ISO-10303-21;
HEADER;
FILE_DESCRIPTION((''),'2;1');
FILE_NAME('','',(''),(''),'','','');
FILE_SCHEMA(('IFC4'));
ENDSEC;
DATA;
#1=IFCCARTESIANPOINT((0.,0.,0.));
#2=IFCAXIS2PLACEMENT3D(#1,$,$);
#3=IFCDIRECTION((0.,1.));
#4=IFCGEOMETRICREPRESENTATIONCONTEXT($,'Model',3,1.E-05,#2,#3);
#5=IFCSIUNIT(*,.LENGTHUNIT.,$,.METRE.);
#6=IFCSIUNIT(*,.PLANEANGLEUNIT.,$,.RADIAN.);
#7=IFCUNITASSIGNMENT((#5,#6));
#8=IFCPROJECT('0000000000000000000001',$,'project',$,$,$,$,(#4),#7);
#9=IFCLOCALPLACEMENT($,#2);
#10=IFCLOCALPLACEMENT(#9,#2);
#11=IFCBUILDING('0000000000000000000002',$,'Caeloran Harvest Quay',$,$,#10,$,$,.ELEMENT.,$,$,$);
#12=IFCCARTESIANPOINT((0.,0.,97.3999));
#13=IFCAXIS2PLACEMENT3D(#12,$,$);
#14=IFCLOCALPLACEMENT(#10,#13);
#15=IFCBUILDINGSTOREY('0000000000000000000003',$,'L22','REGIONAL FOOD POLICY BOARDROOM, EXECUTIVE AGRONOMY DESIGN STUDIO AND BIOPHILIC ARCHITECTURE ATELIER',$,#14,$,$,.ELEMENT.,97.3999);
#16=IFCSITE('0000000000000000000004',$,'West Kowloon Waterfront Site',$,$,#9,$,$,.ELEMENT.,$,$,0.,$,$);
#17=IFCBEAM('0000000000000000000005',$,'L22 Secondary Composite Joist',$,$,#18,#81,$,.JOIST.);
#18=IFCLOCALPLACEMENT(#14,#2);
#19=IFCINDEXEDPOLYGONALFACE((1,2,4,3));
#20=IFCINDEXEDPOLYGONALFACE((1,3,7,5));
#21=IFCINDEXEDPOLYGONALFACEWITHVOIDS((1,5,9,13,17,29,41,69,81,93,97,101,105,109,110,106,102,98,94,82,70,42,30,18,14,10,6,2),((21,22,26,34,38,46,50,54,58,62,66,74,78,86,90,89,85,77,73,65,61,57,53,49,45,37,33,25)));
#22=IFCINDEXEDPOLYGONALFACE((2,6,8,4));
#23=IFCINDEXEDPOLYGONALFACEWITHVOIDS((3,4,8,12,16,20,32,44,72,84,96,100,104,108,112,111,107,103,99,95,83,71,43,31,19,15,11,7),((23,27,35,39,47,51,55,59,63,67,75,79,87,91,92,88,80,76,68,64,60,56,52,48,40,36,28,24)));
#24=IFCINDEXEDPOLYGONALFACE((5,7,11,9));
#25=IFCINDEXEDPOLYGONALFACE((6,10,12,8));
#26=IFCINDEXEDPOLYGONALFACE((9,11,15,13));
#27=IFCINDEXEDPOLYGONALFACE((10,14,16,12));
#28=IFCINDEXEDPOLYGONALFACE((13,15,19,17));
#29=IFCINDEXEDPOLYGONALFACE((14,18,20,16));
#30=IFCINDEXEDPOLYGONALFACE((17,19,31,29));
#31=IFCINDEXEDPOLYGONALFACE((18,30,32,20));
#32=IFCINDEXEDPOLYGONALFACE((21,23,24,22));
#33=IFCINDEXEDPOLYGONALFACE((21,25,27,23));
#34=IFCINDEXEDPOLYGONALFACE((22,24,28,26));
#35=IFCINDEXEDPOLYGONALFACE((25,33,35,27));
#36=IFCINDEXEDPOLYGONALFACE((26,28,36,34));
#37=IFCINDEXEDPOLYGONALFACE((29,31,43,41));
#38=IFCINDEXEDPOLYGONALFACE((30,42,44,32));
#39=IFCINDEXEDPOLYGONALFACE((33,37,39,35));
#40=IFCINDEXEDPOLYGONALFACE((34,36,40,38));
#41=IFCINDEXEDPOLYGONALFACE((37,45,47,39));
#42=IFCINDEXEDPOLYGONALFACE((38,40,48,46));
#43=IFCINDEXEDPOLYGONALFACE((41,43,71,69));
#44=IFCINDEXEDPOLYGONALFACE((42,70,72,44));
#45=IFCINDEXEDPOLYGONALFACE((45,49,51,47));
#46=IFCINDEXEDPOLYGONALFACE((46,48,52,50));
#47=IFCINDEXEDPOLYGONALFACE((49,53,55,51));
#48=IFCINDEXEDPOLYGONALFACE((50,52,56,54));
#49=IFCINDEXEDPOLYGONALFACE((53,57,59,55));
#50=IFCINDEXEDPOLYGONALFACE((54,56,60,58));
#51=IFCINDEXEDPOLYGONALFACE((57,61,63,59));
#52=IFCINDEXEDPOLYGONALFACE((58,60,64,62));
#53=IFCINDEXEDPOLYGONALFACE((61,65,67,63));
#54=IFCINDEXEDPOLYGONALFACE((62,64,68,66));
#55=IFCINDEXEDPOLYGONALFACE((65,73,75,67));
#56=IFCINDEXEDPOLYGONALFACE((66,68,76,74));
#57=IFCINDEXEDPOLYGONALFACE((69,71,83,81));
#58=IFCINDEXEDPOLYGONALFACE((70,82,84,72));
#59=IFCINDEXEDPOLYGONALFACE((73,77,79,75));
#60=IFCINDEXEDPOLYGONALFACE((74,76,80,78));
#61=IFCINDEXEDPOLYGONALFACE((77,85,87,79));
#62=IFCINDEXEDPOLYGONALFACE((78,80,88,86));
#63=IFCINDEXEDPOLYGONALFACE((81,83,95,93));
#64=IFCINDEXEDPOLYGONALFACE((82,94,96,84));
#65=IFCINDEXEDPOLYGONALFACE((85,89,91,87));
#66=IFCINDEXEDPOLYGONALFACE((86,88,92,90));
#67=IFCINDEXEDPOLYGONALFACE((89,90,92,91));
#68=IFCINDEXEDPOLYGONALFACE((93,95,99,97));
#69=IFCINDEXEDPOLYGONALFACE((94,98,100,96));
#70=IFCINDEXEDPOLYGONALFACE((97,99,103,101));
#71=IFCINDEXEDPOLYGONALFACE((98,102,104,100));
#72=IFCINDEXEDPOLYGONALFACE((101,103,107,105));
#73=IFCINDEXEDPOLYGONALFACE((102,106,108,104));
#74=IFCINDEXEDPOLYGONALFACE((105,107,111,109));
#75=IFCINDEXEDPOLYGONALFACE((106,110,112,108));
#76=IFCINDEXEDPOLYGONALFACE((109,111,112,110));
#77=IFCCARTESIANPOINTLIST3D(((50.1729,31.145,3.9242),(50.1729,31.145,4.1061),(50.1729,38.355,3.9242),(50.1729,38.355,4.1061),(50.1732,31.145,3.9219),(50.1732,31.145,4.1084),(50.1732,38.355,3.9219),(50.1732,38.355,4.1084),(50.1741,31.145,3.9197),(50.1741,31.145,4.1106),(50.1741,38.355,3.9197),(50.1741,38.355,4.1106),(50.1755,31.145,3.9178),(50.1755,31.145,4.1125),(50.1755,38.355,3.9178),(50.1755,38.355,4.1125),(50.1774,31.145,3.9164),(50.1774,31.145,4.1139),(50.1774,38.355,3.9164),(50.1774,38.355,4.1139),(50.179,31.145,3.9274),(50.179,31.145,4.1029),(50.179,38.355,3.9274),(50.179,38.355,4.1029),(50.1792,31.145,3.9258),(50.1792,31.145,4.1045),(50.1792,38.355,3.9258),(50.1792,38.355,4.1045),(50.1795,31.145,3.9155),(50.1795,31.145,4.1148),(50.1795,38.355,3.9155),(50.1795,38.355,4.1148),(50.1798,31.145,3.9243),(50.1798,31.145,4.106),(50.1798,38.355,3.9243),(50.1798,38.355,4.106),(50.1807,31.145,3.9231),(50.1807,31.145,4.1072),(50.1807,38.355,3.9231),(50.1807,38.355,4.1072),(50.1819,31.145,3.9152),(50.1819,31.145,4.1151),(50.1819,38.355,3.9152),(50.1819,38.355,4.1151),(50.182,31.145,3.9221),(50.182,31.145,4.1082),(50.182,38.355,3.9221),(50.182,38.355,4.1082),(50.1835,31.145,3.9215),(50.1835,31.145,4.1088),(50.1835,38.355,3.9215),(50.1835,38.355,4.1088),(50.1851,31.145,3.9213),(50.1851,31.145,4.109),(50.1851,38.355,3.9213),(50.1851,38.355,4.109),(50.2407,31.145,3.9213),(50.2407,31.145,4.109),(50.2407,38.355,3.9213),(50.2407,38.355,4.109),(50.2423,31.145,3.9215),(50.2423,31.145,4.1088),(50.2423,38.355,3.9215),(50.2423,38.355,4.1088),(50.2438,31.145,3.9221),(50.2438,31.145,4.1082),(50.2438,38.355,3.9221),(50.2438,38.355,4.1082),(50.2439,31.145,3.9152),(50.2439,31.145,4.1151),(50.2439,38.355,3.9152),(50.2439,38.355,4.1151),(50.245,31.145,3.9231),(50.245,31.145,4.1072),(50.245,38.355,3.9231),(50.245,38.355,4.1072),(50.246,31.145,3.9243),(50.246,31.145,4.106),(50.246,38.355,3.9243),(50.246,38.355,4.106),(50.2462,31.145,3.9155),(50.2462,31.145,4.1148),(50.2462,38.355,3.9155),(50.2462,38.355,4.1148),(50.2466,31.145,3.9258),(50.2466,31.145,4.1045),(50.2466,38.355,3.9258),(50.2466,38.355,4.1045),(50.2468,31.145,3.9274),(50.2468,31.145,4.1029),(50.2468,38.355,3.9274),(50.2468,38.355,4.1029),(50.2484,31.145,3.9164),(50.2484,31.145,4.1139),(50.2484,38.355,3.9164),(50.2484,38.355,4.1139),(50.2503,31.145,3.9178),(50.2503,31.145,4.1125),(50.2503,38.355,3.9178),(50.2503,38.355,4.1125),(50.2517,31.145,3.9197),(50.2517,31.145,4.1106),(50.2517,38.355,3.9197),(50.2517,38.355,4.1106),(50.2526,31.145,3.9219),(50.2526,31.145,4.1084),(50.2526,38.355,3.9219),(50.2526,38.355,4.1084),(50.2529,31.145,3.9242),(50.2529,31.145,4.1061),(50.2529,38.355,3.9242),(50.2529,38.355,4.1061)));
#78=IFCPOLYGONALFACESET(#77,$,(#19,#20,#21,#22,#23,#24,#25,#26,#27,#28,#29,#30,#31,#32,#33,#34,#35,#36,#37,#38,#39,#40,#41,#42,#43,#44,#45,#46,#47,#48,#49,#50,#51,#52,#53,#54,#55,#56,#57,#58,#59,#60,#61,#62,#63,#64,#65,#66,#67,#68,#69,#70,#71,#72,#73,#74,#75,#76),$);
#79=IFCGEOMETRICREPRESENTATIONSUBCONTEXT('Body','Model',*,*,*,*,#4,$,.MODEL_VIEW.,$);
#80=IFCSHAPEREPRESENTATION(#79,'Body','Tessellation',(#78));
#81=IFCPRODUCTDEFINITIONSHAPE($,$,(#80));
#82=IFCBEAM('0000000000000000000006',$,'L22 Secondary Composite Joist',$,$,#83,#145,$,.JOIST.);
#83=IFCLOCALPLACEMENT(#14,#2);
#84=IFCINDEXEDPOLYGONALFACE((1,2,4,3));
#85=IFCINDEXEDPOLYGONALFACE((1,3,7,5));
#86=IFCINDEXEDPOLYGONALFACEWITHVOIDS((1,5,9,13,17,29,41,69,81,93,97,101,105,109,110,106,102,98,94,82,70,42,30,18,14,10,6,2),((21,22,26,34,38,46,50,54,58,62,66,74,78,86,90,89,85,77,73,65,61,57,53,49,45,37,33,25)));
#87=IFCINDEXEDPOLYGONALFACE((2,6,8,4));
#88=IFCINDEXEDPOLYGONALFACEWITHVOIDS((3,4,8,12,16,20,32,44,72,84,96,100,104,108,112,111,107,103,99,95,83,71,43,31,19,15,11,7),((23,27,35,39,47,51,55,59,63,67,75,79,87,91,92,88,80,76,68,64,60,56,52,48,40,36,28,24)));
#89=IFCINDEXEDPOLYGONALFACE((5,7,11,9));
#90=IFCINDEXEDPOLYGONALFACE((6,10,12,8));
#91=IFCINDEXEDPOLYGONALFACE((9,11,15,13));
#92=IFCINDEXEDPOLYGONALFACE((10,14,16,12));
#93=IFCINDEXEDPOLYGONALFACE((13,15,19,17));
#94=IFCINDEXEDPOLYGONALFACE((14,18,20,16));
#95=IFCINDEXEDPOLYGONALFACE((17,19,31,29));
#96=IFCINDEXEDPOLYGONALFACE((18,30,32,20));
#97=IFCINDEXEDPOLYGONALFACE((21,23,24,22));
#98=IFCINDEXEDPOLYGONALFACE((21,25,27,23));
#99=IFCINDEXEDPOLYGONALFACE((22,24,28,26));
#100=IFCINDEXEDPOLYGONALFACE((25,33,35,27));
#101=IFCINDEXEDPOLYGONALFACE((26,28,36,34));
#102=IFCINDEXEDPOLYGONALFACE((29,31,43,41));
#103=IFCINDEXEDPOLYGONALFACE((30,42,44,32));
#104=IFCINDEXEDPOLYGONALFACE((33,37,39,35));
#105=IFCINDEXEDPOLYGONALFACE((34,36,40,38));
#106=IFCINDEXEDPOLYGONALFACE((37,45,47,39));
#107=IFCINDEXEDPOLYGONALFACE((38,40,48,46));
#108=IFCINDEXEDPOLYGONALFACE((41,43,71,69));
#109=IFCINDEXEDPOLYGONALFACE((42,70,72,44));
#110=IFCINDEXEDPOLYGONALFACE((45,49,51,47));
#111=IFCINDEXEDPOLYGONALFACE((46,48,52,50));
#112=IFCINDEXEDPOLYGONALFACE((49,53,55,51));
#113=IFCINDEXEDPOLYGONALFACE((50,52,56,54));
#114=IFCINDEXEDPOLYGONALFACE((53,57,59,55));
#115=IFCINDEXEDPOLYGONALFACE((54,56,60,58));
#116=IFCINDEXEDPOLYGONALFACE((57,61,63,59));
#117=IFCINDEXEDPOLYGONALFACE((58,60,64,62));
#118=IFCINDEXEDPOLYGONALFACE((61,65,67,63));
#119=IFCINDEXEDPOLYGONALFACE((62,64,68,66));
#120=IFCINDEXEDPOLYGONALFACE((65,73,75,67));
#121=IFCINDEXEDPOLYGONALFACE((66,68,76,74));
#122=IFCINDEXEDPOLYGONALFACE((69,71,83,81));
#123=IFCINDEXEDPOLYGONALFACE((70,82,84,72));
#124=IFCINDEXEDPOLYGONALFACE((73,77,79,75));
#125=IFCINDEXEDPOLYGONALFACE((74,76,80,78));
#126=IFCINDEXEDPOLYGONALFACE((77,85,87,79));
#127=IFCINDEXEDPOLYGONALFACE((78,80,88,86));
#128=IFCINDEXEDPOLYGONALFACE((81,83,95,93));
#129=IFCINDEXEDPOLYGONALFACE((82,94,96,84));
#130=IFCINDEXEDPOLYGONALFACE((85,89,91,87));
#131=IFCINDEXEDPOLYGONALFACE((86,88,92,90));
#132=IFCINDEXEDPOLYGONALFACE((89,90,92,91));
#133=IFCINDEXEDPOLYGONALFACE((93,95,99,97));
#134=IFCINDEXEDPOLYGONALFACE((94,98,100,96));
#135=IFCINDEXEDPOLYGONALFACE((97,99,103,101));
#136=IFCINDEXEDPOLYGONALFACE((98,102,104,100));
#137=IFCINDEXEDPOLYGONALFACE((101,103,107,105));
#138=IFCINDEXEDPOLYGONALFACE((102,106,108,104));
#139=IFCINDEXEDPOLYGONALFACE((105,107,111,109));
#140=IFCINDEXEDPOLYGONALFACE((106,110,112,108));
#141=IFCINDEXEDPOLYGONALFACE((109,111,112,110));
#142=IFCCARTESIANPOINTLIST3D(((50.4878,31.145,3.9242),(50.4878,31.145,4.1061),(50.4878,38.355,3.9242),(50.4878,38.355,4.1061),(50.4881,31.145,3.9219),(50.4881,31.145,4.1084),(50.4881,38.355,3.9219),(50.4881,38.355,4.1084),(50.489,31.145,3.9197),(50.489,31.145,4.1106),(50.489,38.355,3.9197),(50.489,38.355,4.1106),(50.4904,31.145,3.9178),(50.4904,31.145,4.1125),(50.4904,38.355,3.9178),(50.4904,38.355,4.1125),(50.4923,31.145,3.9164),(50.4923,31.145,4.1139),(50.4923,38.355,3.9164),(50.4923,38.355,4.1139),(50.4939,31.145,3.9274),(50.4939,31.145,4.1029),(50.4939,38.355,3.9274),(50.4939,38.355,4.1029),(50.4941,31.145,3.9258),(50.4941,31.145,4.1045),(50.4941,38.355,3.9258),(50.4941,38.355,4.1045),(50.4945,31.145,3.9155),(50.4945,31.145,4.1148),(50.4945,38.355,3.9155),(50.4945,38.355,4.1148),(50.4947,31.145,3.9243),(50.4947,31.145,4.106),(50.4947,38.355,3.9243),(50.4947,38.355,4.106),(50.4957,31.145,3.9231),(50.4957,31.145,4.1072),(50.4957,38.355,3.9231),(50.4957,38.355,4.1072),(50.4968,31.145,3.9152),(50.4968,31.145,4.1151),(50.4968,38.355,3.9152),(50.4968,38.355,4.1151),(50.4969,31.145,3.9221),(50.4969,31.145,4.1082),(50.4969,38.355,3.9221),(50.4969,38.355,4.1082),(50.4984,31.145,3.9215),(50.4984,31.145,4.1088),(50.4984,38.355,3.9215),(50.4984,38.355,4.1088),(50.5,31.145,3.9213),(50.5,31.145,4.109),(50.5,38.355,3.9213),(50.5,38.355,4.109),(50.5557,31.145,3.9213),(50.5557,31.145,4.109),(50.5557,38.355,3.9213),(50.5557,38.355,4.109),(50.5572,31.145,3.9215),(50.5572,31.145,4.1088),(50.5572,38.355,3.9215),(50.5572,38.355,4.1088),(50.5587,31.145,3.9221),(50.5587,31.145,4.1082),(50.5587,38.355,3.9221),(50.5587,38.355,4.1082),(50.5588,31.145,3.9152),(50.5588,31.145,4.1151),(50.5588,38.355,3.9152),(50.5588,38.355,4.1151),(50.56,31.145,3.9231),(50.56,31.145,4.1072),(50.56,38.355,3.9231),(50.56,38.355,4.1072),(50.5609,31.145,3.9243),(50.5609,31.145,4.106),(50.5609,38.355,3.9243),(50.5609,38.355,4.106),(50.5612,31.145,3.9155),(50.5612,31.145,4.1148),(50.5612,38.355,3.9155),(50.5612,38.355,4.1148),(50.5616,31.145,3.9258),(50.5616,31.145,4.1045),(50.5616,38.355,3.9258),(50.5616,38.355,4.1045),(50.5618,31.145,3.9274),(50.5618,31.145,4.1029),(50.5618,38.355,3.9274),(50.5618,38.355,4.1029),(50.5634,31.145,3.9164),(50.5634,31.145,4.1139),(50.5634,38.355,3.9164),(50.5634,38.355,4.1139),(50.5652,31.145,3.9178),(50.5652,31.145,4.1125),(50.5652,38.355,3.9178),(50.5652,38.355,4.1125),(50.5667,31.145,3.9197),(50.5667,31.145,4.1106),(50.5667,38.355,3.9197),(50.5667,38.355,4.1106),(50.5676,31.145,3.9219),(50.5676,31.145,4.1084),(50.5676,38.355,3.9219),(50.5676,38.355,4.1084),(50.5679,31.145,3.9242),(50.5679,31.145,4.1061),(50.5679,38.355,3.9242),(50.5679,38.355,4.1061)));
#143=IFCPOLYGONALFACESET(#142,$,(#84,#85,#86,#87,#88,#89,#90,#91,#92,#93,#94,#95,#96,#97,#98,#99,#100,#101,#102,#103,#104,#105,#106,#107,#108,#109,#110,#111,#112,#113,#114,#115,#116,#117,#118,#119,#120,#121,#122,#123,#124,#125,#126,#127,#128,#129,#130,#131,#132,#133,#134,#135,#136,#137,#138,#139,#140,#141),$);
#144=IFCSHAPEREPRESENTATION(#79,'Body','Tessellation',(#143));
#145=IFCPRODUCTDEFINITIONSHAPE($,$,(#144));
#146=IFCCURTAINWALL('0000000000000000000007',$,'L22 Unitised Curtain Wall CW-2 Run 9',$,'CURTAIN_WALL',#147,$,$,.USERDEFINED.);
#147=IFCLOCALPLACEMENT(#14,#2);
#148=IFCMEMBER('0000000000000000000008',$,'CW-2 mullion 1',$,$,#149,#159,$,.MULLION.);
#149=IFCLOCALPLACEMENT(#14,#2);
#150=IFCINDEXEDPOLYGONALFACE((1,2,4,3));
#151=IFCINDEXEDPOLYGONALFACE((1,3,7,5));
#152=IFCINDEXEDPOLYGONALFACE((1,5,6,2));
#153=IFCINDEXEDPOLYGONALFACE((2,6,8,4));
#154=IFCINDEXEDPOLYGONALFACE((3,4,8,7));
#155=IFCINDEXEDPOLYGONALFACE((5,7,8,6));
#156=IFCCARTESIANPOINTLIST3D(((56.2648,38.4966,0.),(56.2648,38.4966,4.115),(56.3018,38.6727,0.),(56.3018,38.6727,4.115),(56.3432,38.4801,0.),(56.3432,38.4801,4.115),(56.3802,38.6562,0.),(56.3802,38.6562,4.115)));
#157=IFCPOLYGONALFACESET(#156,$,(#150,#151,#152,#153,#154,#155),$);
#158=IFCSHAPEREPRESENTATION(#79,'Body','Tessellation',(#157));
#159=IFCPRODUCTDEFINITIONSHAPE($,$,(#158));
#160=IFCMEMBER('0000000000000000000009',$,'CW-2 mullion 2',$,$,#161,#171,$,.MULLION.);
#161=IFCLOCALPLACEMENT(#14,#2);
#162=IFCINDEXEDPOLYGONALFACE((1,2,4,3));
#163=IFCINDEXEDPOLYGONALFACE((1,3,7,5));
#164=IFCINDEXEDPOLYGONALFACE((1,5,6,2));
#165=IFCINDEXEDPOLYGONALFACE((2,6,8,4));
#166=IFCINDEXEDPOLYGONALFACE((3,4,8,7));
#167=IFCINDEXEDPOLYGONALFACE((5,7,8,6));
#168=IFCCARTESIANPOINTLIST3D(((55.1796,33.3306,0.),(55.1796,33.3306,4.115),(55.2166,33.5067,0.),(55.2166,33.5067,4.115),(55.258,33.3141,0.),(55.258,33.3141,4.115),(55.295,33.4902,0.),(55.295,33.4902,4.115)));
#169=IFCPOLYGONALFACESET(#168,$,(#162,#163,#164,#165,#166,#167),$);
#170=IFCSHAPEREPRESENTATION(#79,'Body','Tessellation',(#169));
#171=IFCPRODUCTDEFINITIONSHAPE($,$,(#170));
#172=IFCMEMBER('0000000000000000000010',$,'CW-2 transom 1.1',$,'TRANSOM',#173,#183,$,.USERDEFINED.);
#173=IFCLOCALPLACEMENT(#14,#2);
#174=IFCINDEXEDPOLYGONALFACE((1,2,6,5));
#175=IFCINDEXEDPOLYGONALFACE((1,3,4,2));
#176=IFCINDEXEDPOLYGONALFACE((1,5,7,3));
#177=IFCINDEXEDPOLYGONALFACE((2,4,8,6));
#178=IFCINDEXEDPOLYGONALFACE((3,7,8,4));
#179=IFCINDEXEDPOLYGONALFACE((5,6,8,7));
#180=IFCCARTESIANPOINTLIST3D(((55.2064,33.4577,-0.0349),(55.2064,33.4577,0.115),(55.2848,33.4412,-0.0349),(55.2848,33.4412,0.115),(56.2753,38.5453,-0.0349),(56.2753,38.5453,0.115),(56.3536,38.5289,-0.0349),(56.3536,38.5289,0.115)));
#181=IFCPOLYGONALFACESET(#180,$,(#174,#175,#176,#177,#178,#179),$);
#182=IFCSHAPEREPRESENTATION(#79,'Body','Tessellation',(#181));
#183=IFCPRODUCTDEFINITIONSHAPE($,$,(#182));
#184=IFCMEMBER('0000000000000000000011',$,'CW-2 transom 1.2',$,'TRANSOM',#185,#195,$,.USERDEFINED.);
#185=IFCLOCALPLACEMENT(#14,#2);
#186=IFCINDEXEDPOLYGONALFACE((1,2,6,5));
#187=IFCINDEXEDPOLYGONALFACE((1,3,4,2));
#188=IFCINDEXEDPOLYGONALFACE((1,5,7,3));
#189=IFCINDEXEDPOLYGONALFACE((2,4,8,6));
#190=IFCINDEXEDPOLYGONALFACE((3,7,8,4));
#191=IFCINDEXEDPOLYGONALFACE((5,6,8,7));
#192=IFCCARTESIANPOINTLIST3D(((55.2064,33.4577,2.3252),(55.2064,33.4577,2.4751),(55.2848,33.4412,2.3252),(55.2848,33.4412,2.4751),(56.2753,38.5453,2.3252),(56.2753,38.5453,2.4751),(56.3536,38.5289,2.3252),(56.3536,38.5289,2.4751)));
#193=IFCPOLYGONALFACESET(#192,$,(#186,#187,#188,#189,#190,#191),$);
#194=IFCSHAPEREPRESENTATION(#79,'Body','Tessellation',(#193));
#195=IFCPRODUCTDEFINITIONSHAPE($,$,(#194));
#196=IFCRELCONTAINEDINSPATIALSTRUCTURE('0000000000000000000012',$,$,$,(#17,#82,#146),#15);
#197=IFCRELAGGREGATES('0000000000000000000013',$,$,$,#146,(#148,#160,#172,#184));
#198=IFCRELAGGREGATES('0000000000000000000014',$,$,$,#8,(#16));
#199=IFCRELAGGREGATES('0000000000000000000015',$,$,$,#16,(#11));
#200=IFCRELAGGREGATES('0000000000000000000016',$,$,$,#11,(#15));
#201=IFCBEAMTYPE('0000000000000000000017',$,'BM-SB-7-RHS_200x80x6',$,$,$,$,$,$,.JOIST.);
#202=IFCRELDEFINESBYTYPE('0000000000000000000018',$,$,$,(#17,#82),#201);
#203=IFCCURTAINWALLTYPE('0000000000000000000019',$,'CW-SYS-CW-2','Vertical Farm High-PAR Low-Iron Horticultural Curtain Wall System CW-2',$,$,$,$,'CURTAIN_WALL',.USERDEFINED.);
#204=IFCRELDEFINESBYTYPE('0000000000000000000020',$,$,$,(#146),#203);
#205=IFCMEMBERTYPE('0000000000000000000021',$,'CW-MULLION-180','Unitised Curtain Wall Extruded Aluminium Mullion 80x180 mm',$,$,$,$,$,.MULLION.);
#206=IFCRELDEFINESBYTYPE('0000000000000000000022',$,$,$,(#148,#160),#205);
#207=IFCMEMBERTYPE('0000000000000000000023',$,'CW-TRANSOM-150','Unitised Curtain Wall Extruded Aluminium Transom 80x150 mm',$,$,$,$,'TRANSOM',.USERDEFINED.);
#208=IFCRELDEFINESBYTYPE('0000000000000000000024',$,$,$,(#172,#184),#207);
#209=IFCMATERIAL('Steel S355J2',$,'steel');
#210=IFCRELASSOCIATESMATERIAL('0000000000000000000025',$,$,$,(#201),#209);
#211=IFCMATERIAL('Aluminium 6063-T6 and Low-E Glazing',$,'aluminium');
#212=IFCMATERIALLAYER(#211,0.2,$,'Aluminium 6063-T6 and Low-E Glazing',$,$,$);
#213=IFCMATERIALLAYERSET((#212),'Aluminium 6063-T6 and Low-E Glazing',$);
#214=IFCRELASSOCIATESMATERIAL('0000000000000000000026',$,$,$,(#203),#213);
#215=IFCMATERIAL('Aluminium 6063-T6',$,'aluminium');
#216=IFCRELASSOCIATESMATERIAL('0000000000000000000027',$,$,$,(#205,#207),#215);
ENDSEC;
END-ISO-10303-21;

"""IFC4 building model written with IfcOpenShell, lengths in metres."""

from ifc_helpers import new_model, si_unit, direction, frame, origin, origin_2d, place, context, subcontext, project, spatial, rectangle, hollow_rectangle, extrude, material, layer, layer_set, material_profile, profile_set, type_object, element, aggregate, save


model = new_model("IFC4")

# Units and contexts
model_context = context("Model", 3, precision=1e-05, world=origin(), true_north=direction((0.0, 1.0)))
body_context = subcontext(model_context, "Body", "Model", "MODEL_VIEW")
ifc_project = project(units=[si_unit("LENGTHUNIT", "METRE"), si_unit("PLANEANGLEUNIT", "RADIAN")], contexts=[model_context])

# Site, building, storey
site_placement = place(None, origin())
site = spatial("IfcSite", under=ifc_project, at=site_placement, Name="West Kowloon Waterfront Site", CompositionType="ELEMENT", RefElevation=0.0)
building_placement = place(site_placement, origin())
building = spatial("IfcBuilding", under=site, at=building_placement, Name="Caeloran Harvest Quay", CompositionType="ELEMENT")
storey_placement = place(building_placement, frame((0.0, 0.0, 97.3999)))
storey = spatial("IfcBuildingStorey", under=building, at=storey_placement, Name="L22", Description="REGIONAL FOOD POLICY BOARDROOM, EXECUTIVE AGRONOMY DESIGN STUDIO AND BIOPHILIC ARCHITECTURE ATELIER", CompositionType="ELEMENT", Elevation=97.3999)

# Beams
ifc_material_1 = material(Name="Steel S355J2", Category="steel")
ifc_material_profile_1 = material_profile(ifc_material_1, hollow_rectangle(XDim=0.0801, YDim=0.2, WallThickness=0.0061, InnerFilletRadius=0.0061, OuterFilletRadius=0.009, at=origin_2d()), Name="RHS 200x80x6")
ifc_profile_set_1 = profile_set([ifc_material_profile_1], Name="Steel S355J2")
beam_type_1 = type_object("IfcBeamType", Name="BM-SB-7-RHS_200x80x6", PredefinedType="JOIST", material=ifc_profile_set_1)
for number, where, z_axis, x_axis, name in (
    (1, (50.2129, 31.145, 4.0151), (0.0, 1.0, 0.0), (-1.0, 0.0, 0.0), "L22 Secondary Composite Joist"),
    (2, (50.5278, 31.145, 4.0151), (0.0, 1.0, 0.0), (-1.0, 0.0, 0.0), "L22 Secondary Composite Joist"),
):
    element("IfcBeam", number, at=place(storey_placement, frame(where, z_axis=z_axis, x_axis=x_axis)), inside=storey, type_object=beam_type_1, Name=name, PredefinedType="JOIST", context=body_context, shape_type="SweptSolid", body=[
        extrude(hollow_rectangle(XDim=0.0801, YDim=0.2, WallThickness=0.0061, InnerFilletRadius=0.0061, OuterFilletRadius=0.009, at=origin_2d()), origin(), (0.0, 0.0, 1.0), 7.21),
    ])

# Curtain wall, members
ifc_material_2 = material(Name="Aluminium 6063-T6 and Low-E Glazing", Category="aluminium")
ifc_layer_1 = layer(ifc_material_2, 0.2, Name="Aluminium 6063-T6 and Low-E Glazing")
ifc_layer_set_1 = layer_set([ifc_layer_1], Name="Aluminium 6063-T6 and Low-E Glazing")
curtain_wall_type = type_object("IfcCurtainWallType", Name="CW-SYS-CW-2", Description="Vertical Farm High-PAR Low-Iron Horticultural Curtain Wall System CW-2", ElementType="CURTAIN_WALL", PredefinedType="USERDEFINED", material=ifc_layer_set_1)
curtain_wall_placement = place(storey_placement, origin())
curtain_wall = element("IfcCurtainWall", 3, at=curtain_wall_placement, inside=storey, type_object=curtain_wall_type, Name="L22 Unitised Curtain Wall CW-2 Run 9", ObjectType="CURTAIN_WALL", PredefinedType="USERDEFINED")
ifc_material_3 = material(Name="Aluminium 6063-T6", Category="aluminium")
ifc_material_profile_2 = material_profile(ifc_material_3, rectangle(XDim=0.0801, YDim=0.1799, at=origin_2d()), Name="CW-MULLION-180")
ifc_profile_set_2 = profile_set([ifc_material_profile_2], Name="Aluminium 6063-T6")
member_type_1 = type_object("IfcMemberType", Name="CW-MULLION-180", Description="Unitised Curtain Wall Extruded Aluminium Mullion 80x180 mm", PredefinedType="MULLION", material=ifc_profile_set_2)
member_1_placement = place(storey_placement, frame((56.3225, 38.5764, 0.0), z_axis=(0.0, 0.0, 1.0), x_axis=(0.97864, -0.205583, 0.0)))
member_1 = element("IfcMember", 4, at=member_1_placement, type_object=member_type_1, Name="CW-2 mullion 1", PredefinedType="MULLION", context=body_context, shape_type="SweptSolid", body=[
    extrude(rectangle(XDim=0.0801, YDim=0.1799, at=origin_2d()), origin(), (0.0, 0.0, 1.0), 4.115),
])
member_2_placement = place(storey_placement, frame((55.2373, 33.4104, 0.0), z_axis=(0.0, 0.0, 1.0), x_axis=(0.97864, -0.205583, 0.0)))
member_2 = element("IfcMember", 5, at=member_2_placement, type_object=member_type_1, Name="CW-2 mullion 2", PredefinedType="MULLION", context=body_context, shape_type="SweptSolid", body=[
    extrude(rectangle(XDim=0.0801, YDim=0.1799, at=origin_2d()), origin(), (0.0, 0.0, 1.0), 4.115),
])
ifc_material_profile_3 = material_profile(ifc_material_3, rectangle(XDim=0.0801, YDim=0.1499, at=origin_2d()), Name="CW-TRANSOM-150")
ifc_profile_set_3 = profile_set([ifc_material_profile_3], Name="Aluminium 6063-T6")
member_type_2 = type_object("IfcMemberType", Name="CW-TRANSOM-150", Description="Unitised Curtain Wall Extruded Aluminium Transom 80x150 mm", ElementType="TRANSOM", PredefinedType="USERDEFINED", material=ifc_profile_set_3)
member_3_placement = place(storey_placement, frame((56.3145, 38.5371, 0.04), z_axis=(-0.205599, -0.978636, 0.0), x_axis=(0.978636, -0.205599, 0.0)))
member_3 = element("IfcMember", 6, at=member_3_placement, type_object=member_type_2, Name="CW-2 transom 1.1", ObjectType="TRANSOM", PredefinedType="USERDEFINED", context=body_context, shape_type="SweptSolid", body=[
    extrude(rectangle(XDim=0.0801, YDim=0.1499, at=origin_2d()), origin(), (0.0, 0.0, 1.0), 5.1987),
])
member_4_placement = place(storey_placement, frame((56.3145, 38.5371, 2.4001), z_axis=(-0.205599, -0.978636, 0.0), x_axis=(0.978636, -0.205599, 0.0)))
member_4 = element("IfcMember", 7, at=member_4_placement, type_object=member_type_2, Name="CW-2 transom 1.2", ObjectType="TRANSOM", PredefinedType="USERDEFINED", context=body_context, shape_type="SweptSolid", body=[
    extrude(rectangle(XDim=0.0801, YDim=0.1499, at=origin_2d()), origin(), (0.0, 0.0, 1.0), 5.1987),
])
aggregate(curtain_wall, [member_1, member_2, member_3, member_4])

save(model, "model.ifc")
